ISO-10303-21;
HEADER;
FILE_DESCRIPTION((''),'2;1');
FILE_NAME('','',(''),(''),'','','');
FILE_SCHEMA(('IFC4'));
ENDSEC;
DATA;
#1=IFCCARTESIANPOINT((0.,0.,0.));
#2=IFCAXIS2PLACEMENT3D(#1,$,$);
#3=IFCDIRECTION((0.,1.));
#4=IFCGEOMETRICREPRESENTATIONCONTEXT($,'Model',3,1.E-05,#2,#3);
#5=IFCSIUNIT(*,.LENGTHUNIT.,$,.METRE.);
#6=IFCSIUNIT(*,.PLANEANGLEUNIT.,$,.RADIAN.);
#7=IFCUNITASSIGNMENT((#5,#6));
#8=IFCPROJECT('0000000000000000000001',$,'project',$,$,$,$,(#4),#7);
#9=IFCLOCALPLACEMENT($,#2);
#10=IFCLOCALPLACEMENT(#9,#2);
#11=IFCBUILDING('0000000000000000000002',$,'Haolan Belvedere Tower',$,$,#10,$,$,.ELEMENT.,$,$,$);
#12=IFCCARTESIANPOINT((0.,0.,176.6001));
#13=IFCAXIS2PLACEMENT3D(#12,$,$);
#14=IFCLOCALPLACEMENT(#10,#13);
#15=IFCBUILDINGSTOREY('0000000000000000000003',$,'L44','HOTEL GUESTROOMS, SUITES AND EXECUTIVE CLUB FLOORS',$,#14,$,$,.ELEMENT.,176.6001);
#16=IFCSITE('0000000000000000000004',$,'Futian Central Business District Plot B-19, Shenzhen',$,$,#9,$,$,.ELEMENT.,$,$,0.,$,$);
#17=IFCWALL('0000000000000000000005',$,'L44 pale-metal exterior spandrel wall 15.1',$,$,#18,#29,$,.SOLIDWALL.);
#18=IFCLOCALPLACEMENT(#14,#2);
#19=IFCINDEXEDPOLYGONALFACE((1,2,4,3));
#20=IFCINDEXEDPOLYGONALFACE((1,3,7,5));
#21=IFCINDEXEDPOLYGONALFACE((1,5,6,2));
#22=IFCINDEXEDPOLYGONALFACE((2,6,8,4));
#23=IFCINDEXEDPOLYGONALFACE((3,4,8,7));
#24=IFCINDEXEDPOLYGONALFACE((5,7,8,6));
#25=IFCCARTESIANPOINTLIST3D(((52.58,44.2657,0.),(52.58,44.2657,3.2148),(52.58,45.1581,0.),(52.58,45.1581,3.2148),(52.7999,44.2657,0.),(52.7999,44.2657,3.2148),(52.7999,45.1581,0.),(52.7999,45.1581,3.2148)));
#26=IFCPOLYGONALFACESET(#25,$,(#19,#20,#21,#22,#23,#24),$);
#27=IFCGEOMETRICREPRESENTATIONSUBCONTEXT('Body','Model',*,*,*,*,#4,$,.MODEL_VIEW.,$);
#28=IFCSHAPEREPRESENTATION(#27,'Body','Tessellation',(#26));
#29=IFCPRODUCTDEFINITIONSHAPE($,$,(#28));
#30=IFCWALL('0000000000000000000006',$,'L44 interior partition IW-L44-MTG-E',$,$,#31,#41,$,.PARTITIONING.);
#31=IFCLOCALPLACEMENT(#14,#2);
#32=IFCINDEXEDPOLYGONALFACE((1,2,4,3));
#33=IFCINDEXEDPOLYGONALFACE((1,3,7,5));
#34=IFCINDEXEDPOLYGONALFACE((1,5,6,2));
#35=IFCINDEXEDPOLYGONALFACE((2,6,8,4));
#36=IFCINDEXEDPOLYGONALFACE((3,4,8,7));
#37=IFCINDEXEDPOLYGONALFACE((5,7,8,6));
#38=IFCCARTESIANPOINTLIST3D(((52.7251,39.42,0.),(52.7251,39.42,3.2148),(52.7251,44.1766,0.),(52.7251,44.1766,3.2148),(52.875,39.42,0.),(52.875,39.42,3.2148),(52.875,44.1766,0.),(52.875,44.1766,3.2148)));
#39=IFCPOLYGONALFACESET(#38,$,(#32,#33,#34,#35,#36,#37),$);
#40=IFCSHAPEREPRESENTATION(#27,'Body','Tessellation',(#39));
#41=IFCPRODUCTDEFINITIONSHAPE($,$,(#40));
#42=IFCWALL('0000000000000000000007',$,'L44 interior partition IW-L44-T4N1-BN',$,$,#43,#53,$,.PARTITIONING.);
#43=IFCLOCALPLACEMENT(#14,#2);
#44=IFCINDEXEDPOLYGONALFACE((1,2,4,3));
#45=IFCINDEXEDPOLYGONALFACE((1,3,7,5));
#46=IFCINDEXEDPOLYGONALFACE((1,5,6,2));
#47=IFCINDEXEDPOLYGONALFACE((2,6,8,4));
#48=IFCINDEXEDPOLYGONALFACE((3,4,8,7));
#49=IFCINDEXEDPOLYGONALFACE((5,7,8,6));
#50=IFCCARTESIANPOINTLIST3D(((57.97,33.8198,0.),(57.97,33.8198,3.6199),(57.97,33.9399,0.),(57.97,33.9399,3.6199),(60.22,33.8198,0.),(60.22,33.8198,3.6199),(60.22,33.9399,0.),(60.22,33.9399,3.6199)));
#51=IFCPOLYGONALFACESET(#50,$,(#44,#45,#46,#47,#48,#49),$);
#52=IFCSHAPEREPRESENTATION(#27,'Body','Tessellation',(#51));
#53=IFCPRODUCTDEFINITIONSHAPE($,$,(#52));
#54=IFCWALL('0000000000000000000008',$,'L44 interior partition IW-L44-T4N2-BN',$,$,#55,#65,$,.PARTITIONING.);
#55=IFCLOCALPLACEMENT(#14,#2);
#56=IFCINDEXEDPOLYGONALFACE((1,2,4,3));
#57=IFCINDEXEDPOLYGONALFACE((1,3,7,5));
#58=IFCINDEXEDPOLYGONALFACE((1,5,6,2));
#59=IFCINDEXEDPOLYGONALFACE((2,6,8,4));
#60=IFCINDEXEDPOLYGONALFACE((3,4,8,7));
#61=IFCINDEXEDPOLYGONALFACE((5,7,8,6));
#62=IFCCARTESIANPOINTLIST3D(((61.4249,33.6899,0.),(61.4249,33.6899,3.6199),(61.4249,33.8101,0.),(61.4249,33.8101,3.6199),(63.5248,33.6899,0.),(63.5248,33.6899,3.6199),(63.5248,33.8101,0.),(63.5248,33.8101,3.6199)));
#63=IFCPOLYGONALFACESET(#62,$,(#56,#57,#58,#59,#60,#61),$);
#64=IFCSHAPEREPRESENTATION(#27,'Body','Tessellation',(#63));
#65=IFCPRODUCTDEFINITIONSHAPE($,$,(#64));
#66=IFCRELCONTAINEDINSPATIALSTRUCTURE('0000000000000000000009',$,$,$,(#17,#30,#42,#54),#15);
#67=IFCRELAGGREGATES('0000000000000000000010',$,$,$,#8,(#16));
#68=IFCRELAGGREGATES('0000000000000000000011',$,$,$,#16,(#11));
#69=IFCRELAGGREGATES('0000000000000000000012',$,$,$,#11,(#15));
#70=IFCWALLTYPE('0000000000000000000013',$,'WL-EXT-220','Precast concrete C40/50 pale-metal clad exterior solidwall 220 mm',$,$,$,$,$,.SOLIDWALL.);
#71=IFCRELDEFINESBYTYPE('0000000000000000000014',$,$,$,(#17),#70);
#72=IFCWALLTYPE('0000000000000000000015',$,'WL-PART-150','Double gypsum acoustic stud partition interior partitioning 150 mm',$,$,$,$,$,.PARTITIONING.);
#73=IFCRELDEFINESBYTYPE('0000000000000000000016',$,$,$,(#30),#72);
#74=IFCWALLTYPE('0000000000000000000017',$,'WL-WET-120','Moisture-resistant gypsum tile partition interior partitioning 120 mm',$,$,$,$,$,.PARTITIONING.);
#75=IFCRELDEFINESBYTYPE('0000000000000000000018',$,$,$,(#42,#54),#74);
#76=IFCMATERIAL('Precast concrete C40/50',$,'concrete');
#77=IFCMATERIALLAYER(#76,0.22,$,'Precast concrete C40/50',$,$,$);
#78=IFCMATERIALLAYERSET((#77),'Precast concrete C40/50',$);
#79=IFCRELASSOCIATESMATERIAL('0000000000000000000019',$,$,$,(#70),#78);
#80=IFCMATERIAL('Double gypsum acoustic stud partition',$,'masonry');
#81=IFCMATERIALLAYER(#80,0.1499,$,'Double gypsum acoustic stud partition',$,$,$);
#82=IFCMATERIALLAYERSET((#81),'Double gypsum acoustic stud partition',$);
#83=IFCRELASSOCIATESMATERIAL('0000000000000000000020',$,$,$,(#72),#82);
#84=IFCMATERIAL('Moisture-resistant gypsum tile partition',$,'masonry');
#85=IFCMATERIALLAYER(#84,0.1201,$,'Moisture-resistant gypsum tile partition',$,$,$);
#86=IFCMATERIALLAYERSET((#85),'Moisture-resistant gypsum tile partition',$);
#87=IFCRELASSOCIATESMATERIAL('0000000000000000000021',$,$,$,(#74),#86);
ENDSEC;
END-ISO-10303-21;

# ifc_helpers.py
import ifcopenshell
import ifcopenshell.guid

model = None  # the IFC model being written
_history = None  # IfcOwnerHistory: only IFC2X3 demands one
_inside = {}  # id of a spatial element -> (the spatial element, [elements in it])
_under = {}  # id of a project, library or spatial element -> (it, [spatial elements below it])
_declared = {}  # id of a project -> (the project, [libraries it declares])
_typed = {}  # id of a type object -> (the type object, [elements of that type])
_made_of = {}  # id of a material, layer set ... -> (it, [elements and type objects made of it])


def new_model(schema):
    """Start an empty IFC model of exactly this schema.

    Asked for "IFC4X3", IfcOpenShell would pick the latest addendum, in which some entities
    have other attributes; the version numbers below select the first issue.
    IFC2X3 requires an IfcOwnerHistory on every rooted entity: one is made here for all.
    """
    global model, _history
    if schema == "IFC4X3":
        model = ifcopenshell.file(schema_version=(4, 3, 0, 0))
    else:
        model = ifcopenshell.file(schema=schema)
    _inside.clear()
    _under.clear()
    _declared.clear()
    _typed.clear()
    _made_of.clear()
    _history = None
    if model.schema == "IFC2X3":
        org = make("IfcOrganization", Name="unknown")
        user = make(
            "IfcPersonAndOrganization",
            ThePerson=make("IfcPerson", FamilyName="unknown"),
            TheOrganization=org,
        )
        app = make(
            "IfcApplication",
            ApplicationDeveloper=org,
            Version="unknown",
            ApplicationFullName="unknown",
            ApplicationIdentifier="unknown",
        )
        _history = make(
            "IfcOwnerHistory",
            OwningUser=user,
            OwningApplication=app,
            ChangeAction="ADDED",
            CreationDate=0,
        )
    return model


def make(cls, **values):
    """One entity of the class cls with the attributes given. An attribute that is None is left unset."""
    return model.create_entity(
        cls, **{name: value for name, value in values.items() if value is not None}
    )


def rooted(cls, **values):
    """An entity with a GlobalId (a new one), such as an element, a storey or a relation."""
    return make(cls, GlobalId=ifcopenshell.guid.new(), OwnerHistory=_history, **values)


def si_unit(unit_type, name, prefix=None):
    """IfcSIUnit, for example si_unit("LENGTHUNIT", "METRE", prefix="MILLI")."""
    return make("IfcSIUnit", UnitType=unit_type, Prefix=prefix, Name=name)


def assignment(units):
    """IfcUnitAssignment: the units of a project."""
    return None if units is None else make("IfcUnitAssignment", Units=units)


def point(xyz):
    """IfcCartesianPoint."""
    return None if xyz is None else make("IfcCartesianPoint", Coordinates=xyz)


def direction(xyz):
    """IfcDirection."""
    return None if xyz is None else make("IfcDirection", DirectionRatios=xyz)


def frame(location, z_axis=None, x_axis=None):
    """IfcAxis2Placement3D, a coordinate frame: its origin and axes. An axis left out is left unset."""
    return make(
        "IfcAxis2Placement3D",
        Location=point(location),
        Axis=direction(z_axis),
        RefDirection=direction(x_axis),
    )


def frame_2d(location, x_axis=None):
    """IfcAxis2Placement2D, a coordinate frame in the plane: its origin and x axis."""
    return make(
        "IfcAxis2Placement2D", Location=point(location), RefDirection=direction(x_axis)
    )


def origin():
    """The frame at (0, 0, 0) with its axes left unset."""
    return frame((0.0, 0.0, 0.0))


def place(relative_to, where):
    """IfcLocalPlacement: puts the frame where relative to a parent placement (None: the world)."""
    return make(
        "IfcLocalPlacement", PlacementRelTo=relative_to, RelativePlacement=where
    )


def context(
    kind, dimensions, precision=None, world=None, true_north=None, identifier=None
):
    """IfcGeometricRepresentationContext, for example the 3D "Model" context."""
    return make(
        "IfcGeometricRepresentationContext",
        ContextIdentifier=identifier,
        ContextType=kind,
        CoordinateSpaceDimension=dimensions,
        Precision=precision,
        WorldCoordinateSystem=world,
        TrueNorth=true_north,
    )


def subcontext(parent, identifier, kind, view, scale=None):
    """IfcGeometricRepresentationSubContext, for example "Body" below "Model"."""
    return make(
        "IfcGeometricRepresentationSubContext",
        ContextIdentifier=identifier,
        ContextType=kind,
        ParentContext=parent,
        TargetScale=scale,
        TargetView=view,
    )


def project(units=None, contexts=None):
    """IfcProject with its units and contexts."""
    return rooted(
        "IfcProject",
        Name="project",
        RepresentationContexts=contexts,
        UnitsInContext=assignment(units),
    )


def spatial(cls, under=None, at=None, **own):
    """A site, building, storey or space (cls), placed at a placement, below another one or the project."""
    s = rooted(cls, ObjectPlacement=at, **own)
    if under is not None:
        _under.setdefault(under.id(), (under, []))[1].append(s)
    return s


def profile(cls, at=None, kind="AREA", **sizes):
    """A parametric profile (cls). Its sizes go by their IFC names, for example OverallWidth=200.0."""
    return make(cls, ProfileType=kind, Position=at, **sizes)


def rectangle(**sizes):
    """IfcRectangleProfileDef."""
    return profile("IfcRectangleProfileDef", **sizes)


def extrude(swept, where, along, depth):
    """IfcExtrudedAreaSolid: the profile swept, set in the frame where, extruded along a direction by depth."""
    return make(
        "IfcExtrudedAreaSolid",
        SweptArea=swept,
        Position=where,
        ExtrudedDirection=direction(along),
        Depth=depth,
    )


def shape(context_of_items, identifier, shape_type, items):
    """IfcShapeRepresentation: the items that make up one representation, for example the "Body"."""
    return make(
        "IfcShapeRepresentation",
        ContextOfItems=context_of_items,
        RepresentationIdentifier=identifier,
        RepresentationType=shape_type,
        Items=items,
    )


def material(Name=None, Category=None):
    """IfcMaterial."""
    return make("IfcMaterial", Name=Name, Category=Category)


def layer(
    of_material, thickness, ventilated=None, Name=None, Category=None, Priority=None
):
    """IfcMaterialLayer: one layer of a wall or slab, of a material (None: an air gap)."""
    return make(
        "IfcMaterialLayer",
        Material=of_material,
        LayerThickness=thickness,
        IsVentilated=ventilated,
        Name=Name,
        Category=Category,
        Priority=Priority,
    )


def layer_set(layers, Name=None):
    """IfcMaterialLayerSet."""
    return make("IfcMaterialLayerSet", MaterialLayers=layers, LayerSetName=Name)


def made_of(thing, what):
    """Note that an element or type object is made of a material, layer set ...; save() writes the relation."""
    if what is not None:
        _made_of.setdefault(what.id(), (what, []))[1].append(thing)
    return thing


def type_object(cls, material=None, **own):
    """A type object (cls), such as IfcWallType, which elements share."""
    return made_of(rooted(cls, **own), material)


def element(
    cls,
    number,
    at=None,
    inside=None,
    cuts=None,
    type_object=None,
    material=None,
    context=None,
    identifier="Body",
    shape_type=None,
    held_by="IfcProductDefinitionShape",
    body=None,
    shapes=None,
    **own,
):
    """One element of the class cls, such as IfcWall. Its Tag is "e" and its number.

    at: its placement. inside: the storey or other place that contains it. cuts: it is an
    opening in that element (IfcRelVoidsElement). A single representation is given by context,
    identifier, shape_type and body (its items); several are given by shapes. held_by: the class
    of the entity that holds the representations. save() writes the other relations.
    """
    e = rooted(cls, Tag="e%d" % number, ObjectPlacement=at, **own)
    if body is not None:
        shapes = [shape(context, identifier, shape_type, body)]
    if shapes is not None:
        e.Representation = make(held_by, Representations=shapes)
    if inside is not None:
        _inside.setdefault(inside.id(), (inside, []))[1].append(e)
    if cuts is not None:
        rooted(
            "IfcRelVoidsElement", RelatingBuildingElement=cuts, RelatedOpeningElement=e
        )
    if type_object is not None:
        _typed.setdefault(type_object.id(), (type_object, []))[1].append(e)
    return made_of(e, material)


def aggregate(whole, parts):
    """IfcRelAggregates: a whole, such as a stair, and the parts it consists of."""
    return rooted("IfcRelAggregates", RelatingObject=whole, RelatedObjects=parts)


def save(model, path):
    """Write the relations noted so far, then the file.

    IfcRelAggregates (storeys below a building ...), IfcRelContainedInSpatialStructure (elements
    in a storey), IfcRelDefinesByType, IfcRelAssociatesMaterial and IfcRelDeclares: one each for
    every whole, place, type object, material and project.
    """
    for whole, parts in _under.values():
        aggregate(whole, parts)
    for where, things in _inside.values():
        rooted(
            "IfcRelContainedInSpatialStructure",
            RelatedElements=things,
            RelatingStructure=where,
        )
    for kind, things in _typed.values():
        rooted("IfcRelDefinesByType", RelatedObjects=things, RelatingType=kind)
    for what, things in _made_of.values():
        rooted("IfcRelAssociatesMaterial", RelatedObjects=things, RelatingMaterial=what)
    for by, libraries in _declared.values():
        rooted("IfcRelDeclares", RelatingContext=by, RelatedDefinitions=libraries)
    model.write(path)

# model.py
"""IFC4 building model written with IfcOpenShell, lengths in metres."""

from ifc_helpers import new_model, si_unit, direction, frame, frame_2d, origin, place, context, subcontext, project, spatial, rectangle, extrude, material, layer, layer_set, type_object, element, save


model = new_model("IFC4")

# Units and contexts
model_context = context("Model", 3, precision=1e-05, world=origin(), true_north=direction((0.0, 1.0)))
body_context = subcontext(model_context, "Body", "Model", "MODEL_VIEW")
ifc_project = project(units=[si_unit("LENGTHUNIT", "METRE"), si_unit("PLANEANGLEUNIT", "RADIAN")], contexts=[model_context])

# Site, building, storey
site_placement = place(None, origin())
site = spatial("IfcSite", under=ifc_project, at=site_placement, Name="Futian Central Business District Plot B-19, Shenzhen", CompositionType="ELEMENT", RefElevation=0.0)
building_placement = place(site_placement, origin())
building = spatial("IfcBuilding", under=site, at=building_placement, Name="Haolan Belvedere Tower", CompositionType="ELEMENT")
storey_placement = place(building_placement, frame((0.0, 0.0, 176.6001)))
storey = spatial("IfcBuildingStorey", under=building, at=storey_placement, Name="L44", Description="HOTEL GUESTROOMS, SUITES AND EXECUTIVE CLUB FLOORS", CompositionType="ELEMENT", Elevation=176.6001)

# Shared definitions
ifc_material_1 = material(Name="Precast concrete C40/50", Category="concrete")
ifc_layer_1 = layer(ifc_material_1, 0.22, Name="Precast concrete C40/50")
ifc_layer_set_1 = layer_set([ifc_layer_1], Name="Precast concrete C40/50")
wall_type_1 = type_object("IfcWallType", Name="WL-EXT-220", Description="Precast concrete C40/50 pale-metal clad exterior solidwall 220 mm", PredefinedType="SOLIDWALL", material=ifc_layer_set_1)

# Walls
wall_1_placement = place(storey_placement, frame((52.6899, 44.2656, 0.0), z_axis=(0.0, 0.0, 1.0), x_axis=(0.0, 1.0, 0.0)))
element("IfcWall", 1, at=wall_1_placement, inside=storey, type_object=wall_type_1, Name="L44 pale-metal exterior spandrel wall 15.1", PredefinedType="SOLIDWALL", context=body_context, shape_type="SweptSolid", body=[
    extrude(rectangle(XDim=0.8923, YDim=0.22, at=frame_2d((0.4463, 0.0))), origin(), (0.0, 0.0, 1.0), 3.2148),
])
ifc_material_2 = material(Name="Double gypsum acoustic stud partition", Category="masonry")
ifc_layer_2 = layer(ifc_material_2, 0.1499, Name="Double gypsum acoustic stud partition")
ifc_layer_set_2 = layer_set([ifc_layer_2], Name="Double gypsum acoustic stud partition")
wall_type_2 = type_object("IfcWallType", Name="WL-PART-150", Description="Double gypsum acoustic stud partition interior partitioning 150 mm", PredefinedType="PARTITIONING", material=ifc_layer_set_2)
wall_2_placement = place(storey_placement, frame((52.8, 39.4199, 0.0), z_axis=(0.0, 0.0, 1.0), x_axis=(0.0, 1.0, 0.0)))
element("IfcWall", 2, at=wall_2_placement, inside=storey, type_object=wall_type_2, Name="L44 interior partition IW-L44-MTG-E", PredefinedType="PARTITIONING", context=body_context, shape_type="SweptSolid", body=[
    extrude(rectangle(XDim=4.7566, YDim=0.1499, at=frame_2d((2.3784, 0.0))), origin(), (0.0, 0.0, 1.0), 3.2148),
])
ifc_material_3 = material(Name="Moisture-resistant gypsum tile partition", Category="masonry")
ifc_layer_3 = layer(ifc_material_3, 0.1201, Name="Moisture-resistant gypsum tile partition")
ifc_layer_set_3 = layer_set([ifc_layer_3], Name="Moisture-resistant gypsum tile partition")
wall_type_3 = type_object("IfcWallType", Name="WL-WET-120", Description="Moisture-resistant gypsum tile partition interior partitioning 120 mm", PredefinedType="PARTITIONING", material=ifc_layer_set_3)
wall_3_placement = place(storey_placement, frame((57.97, 33.8799, 0.0), z_axis=(0.0, 0.0, 1.0), x_axis=(1.0, 0.0, 0.0)))
element("IfcWall", 3, at=wall_3_placement, inside=storey, type_object=wall_type_3, Name="L44 interior partition IW-L44-T4N1-BN", PredefinedType="PARTITIONING", context=body_context, shape_type="SweptSolid", body=[
    extrude(rectangle(XDim=2.25, YDim=0.1201, at=frame_2d((1.125, 0.0))), origin(), (0.0, 0.0, 1.0), 3.6199),
])
wall_4_placement = place(storey_placement, frame((61.425, 33.75, 0.0), z_axis=(0.0, 0.0, 1.0), x_axis=(1.0, 0.0, 0.0)))
element("IfcWall", 4, at=wall_4_placement, inside=storey, type_object=wall_type_3, Name="L44 interior partition IW-L44-T4N2-BN", PredefinedType="PARTITIONING", context=body_context, shape_type="SweptSolid", body=[
    extrude(rectangle(XDim=2.0999, YDim=0.1201, at=frame_2d((1.0498, 0.0))), origin(), (0.0, 0.0, 1.0), 3.6199),
])

save(model, "model.ifc")
